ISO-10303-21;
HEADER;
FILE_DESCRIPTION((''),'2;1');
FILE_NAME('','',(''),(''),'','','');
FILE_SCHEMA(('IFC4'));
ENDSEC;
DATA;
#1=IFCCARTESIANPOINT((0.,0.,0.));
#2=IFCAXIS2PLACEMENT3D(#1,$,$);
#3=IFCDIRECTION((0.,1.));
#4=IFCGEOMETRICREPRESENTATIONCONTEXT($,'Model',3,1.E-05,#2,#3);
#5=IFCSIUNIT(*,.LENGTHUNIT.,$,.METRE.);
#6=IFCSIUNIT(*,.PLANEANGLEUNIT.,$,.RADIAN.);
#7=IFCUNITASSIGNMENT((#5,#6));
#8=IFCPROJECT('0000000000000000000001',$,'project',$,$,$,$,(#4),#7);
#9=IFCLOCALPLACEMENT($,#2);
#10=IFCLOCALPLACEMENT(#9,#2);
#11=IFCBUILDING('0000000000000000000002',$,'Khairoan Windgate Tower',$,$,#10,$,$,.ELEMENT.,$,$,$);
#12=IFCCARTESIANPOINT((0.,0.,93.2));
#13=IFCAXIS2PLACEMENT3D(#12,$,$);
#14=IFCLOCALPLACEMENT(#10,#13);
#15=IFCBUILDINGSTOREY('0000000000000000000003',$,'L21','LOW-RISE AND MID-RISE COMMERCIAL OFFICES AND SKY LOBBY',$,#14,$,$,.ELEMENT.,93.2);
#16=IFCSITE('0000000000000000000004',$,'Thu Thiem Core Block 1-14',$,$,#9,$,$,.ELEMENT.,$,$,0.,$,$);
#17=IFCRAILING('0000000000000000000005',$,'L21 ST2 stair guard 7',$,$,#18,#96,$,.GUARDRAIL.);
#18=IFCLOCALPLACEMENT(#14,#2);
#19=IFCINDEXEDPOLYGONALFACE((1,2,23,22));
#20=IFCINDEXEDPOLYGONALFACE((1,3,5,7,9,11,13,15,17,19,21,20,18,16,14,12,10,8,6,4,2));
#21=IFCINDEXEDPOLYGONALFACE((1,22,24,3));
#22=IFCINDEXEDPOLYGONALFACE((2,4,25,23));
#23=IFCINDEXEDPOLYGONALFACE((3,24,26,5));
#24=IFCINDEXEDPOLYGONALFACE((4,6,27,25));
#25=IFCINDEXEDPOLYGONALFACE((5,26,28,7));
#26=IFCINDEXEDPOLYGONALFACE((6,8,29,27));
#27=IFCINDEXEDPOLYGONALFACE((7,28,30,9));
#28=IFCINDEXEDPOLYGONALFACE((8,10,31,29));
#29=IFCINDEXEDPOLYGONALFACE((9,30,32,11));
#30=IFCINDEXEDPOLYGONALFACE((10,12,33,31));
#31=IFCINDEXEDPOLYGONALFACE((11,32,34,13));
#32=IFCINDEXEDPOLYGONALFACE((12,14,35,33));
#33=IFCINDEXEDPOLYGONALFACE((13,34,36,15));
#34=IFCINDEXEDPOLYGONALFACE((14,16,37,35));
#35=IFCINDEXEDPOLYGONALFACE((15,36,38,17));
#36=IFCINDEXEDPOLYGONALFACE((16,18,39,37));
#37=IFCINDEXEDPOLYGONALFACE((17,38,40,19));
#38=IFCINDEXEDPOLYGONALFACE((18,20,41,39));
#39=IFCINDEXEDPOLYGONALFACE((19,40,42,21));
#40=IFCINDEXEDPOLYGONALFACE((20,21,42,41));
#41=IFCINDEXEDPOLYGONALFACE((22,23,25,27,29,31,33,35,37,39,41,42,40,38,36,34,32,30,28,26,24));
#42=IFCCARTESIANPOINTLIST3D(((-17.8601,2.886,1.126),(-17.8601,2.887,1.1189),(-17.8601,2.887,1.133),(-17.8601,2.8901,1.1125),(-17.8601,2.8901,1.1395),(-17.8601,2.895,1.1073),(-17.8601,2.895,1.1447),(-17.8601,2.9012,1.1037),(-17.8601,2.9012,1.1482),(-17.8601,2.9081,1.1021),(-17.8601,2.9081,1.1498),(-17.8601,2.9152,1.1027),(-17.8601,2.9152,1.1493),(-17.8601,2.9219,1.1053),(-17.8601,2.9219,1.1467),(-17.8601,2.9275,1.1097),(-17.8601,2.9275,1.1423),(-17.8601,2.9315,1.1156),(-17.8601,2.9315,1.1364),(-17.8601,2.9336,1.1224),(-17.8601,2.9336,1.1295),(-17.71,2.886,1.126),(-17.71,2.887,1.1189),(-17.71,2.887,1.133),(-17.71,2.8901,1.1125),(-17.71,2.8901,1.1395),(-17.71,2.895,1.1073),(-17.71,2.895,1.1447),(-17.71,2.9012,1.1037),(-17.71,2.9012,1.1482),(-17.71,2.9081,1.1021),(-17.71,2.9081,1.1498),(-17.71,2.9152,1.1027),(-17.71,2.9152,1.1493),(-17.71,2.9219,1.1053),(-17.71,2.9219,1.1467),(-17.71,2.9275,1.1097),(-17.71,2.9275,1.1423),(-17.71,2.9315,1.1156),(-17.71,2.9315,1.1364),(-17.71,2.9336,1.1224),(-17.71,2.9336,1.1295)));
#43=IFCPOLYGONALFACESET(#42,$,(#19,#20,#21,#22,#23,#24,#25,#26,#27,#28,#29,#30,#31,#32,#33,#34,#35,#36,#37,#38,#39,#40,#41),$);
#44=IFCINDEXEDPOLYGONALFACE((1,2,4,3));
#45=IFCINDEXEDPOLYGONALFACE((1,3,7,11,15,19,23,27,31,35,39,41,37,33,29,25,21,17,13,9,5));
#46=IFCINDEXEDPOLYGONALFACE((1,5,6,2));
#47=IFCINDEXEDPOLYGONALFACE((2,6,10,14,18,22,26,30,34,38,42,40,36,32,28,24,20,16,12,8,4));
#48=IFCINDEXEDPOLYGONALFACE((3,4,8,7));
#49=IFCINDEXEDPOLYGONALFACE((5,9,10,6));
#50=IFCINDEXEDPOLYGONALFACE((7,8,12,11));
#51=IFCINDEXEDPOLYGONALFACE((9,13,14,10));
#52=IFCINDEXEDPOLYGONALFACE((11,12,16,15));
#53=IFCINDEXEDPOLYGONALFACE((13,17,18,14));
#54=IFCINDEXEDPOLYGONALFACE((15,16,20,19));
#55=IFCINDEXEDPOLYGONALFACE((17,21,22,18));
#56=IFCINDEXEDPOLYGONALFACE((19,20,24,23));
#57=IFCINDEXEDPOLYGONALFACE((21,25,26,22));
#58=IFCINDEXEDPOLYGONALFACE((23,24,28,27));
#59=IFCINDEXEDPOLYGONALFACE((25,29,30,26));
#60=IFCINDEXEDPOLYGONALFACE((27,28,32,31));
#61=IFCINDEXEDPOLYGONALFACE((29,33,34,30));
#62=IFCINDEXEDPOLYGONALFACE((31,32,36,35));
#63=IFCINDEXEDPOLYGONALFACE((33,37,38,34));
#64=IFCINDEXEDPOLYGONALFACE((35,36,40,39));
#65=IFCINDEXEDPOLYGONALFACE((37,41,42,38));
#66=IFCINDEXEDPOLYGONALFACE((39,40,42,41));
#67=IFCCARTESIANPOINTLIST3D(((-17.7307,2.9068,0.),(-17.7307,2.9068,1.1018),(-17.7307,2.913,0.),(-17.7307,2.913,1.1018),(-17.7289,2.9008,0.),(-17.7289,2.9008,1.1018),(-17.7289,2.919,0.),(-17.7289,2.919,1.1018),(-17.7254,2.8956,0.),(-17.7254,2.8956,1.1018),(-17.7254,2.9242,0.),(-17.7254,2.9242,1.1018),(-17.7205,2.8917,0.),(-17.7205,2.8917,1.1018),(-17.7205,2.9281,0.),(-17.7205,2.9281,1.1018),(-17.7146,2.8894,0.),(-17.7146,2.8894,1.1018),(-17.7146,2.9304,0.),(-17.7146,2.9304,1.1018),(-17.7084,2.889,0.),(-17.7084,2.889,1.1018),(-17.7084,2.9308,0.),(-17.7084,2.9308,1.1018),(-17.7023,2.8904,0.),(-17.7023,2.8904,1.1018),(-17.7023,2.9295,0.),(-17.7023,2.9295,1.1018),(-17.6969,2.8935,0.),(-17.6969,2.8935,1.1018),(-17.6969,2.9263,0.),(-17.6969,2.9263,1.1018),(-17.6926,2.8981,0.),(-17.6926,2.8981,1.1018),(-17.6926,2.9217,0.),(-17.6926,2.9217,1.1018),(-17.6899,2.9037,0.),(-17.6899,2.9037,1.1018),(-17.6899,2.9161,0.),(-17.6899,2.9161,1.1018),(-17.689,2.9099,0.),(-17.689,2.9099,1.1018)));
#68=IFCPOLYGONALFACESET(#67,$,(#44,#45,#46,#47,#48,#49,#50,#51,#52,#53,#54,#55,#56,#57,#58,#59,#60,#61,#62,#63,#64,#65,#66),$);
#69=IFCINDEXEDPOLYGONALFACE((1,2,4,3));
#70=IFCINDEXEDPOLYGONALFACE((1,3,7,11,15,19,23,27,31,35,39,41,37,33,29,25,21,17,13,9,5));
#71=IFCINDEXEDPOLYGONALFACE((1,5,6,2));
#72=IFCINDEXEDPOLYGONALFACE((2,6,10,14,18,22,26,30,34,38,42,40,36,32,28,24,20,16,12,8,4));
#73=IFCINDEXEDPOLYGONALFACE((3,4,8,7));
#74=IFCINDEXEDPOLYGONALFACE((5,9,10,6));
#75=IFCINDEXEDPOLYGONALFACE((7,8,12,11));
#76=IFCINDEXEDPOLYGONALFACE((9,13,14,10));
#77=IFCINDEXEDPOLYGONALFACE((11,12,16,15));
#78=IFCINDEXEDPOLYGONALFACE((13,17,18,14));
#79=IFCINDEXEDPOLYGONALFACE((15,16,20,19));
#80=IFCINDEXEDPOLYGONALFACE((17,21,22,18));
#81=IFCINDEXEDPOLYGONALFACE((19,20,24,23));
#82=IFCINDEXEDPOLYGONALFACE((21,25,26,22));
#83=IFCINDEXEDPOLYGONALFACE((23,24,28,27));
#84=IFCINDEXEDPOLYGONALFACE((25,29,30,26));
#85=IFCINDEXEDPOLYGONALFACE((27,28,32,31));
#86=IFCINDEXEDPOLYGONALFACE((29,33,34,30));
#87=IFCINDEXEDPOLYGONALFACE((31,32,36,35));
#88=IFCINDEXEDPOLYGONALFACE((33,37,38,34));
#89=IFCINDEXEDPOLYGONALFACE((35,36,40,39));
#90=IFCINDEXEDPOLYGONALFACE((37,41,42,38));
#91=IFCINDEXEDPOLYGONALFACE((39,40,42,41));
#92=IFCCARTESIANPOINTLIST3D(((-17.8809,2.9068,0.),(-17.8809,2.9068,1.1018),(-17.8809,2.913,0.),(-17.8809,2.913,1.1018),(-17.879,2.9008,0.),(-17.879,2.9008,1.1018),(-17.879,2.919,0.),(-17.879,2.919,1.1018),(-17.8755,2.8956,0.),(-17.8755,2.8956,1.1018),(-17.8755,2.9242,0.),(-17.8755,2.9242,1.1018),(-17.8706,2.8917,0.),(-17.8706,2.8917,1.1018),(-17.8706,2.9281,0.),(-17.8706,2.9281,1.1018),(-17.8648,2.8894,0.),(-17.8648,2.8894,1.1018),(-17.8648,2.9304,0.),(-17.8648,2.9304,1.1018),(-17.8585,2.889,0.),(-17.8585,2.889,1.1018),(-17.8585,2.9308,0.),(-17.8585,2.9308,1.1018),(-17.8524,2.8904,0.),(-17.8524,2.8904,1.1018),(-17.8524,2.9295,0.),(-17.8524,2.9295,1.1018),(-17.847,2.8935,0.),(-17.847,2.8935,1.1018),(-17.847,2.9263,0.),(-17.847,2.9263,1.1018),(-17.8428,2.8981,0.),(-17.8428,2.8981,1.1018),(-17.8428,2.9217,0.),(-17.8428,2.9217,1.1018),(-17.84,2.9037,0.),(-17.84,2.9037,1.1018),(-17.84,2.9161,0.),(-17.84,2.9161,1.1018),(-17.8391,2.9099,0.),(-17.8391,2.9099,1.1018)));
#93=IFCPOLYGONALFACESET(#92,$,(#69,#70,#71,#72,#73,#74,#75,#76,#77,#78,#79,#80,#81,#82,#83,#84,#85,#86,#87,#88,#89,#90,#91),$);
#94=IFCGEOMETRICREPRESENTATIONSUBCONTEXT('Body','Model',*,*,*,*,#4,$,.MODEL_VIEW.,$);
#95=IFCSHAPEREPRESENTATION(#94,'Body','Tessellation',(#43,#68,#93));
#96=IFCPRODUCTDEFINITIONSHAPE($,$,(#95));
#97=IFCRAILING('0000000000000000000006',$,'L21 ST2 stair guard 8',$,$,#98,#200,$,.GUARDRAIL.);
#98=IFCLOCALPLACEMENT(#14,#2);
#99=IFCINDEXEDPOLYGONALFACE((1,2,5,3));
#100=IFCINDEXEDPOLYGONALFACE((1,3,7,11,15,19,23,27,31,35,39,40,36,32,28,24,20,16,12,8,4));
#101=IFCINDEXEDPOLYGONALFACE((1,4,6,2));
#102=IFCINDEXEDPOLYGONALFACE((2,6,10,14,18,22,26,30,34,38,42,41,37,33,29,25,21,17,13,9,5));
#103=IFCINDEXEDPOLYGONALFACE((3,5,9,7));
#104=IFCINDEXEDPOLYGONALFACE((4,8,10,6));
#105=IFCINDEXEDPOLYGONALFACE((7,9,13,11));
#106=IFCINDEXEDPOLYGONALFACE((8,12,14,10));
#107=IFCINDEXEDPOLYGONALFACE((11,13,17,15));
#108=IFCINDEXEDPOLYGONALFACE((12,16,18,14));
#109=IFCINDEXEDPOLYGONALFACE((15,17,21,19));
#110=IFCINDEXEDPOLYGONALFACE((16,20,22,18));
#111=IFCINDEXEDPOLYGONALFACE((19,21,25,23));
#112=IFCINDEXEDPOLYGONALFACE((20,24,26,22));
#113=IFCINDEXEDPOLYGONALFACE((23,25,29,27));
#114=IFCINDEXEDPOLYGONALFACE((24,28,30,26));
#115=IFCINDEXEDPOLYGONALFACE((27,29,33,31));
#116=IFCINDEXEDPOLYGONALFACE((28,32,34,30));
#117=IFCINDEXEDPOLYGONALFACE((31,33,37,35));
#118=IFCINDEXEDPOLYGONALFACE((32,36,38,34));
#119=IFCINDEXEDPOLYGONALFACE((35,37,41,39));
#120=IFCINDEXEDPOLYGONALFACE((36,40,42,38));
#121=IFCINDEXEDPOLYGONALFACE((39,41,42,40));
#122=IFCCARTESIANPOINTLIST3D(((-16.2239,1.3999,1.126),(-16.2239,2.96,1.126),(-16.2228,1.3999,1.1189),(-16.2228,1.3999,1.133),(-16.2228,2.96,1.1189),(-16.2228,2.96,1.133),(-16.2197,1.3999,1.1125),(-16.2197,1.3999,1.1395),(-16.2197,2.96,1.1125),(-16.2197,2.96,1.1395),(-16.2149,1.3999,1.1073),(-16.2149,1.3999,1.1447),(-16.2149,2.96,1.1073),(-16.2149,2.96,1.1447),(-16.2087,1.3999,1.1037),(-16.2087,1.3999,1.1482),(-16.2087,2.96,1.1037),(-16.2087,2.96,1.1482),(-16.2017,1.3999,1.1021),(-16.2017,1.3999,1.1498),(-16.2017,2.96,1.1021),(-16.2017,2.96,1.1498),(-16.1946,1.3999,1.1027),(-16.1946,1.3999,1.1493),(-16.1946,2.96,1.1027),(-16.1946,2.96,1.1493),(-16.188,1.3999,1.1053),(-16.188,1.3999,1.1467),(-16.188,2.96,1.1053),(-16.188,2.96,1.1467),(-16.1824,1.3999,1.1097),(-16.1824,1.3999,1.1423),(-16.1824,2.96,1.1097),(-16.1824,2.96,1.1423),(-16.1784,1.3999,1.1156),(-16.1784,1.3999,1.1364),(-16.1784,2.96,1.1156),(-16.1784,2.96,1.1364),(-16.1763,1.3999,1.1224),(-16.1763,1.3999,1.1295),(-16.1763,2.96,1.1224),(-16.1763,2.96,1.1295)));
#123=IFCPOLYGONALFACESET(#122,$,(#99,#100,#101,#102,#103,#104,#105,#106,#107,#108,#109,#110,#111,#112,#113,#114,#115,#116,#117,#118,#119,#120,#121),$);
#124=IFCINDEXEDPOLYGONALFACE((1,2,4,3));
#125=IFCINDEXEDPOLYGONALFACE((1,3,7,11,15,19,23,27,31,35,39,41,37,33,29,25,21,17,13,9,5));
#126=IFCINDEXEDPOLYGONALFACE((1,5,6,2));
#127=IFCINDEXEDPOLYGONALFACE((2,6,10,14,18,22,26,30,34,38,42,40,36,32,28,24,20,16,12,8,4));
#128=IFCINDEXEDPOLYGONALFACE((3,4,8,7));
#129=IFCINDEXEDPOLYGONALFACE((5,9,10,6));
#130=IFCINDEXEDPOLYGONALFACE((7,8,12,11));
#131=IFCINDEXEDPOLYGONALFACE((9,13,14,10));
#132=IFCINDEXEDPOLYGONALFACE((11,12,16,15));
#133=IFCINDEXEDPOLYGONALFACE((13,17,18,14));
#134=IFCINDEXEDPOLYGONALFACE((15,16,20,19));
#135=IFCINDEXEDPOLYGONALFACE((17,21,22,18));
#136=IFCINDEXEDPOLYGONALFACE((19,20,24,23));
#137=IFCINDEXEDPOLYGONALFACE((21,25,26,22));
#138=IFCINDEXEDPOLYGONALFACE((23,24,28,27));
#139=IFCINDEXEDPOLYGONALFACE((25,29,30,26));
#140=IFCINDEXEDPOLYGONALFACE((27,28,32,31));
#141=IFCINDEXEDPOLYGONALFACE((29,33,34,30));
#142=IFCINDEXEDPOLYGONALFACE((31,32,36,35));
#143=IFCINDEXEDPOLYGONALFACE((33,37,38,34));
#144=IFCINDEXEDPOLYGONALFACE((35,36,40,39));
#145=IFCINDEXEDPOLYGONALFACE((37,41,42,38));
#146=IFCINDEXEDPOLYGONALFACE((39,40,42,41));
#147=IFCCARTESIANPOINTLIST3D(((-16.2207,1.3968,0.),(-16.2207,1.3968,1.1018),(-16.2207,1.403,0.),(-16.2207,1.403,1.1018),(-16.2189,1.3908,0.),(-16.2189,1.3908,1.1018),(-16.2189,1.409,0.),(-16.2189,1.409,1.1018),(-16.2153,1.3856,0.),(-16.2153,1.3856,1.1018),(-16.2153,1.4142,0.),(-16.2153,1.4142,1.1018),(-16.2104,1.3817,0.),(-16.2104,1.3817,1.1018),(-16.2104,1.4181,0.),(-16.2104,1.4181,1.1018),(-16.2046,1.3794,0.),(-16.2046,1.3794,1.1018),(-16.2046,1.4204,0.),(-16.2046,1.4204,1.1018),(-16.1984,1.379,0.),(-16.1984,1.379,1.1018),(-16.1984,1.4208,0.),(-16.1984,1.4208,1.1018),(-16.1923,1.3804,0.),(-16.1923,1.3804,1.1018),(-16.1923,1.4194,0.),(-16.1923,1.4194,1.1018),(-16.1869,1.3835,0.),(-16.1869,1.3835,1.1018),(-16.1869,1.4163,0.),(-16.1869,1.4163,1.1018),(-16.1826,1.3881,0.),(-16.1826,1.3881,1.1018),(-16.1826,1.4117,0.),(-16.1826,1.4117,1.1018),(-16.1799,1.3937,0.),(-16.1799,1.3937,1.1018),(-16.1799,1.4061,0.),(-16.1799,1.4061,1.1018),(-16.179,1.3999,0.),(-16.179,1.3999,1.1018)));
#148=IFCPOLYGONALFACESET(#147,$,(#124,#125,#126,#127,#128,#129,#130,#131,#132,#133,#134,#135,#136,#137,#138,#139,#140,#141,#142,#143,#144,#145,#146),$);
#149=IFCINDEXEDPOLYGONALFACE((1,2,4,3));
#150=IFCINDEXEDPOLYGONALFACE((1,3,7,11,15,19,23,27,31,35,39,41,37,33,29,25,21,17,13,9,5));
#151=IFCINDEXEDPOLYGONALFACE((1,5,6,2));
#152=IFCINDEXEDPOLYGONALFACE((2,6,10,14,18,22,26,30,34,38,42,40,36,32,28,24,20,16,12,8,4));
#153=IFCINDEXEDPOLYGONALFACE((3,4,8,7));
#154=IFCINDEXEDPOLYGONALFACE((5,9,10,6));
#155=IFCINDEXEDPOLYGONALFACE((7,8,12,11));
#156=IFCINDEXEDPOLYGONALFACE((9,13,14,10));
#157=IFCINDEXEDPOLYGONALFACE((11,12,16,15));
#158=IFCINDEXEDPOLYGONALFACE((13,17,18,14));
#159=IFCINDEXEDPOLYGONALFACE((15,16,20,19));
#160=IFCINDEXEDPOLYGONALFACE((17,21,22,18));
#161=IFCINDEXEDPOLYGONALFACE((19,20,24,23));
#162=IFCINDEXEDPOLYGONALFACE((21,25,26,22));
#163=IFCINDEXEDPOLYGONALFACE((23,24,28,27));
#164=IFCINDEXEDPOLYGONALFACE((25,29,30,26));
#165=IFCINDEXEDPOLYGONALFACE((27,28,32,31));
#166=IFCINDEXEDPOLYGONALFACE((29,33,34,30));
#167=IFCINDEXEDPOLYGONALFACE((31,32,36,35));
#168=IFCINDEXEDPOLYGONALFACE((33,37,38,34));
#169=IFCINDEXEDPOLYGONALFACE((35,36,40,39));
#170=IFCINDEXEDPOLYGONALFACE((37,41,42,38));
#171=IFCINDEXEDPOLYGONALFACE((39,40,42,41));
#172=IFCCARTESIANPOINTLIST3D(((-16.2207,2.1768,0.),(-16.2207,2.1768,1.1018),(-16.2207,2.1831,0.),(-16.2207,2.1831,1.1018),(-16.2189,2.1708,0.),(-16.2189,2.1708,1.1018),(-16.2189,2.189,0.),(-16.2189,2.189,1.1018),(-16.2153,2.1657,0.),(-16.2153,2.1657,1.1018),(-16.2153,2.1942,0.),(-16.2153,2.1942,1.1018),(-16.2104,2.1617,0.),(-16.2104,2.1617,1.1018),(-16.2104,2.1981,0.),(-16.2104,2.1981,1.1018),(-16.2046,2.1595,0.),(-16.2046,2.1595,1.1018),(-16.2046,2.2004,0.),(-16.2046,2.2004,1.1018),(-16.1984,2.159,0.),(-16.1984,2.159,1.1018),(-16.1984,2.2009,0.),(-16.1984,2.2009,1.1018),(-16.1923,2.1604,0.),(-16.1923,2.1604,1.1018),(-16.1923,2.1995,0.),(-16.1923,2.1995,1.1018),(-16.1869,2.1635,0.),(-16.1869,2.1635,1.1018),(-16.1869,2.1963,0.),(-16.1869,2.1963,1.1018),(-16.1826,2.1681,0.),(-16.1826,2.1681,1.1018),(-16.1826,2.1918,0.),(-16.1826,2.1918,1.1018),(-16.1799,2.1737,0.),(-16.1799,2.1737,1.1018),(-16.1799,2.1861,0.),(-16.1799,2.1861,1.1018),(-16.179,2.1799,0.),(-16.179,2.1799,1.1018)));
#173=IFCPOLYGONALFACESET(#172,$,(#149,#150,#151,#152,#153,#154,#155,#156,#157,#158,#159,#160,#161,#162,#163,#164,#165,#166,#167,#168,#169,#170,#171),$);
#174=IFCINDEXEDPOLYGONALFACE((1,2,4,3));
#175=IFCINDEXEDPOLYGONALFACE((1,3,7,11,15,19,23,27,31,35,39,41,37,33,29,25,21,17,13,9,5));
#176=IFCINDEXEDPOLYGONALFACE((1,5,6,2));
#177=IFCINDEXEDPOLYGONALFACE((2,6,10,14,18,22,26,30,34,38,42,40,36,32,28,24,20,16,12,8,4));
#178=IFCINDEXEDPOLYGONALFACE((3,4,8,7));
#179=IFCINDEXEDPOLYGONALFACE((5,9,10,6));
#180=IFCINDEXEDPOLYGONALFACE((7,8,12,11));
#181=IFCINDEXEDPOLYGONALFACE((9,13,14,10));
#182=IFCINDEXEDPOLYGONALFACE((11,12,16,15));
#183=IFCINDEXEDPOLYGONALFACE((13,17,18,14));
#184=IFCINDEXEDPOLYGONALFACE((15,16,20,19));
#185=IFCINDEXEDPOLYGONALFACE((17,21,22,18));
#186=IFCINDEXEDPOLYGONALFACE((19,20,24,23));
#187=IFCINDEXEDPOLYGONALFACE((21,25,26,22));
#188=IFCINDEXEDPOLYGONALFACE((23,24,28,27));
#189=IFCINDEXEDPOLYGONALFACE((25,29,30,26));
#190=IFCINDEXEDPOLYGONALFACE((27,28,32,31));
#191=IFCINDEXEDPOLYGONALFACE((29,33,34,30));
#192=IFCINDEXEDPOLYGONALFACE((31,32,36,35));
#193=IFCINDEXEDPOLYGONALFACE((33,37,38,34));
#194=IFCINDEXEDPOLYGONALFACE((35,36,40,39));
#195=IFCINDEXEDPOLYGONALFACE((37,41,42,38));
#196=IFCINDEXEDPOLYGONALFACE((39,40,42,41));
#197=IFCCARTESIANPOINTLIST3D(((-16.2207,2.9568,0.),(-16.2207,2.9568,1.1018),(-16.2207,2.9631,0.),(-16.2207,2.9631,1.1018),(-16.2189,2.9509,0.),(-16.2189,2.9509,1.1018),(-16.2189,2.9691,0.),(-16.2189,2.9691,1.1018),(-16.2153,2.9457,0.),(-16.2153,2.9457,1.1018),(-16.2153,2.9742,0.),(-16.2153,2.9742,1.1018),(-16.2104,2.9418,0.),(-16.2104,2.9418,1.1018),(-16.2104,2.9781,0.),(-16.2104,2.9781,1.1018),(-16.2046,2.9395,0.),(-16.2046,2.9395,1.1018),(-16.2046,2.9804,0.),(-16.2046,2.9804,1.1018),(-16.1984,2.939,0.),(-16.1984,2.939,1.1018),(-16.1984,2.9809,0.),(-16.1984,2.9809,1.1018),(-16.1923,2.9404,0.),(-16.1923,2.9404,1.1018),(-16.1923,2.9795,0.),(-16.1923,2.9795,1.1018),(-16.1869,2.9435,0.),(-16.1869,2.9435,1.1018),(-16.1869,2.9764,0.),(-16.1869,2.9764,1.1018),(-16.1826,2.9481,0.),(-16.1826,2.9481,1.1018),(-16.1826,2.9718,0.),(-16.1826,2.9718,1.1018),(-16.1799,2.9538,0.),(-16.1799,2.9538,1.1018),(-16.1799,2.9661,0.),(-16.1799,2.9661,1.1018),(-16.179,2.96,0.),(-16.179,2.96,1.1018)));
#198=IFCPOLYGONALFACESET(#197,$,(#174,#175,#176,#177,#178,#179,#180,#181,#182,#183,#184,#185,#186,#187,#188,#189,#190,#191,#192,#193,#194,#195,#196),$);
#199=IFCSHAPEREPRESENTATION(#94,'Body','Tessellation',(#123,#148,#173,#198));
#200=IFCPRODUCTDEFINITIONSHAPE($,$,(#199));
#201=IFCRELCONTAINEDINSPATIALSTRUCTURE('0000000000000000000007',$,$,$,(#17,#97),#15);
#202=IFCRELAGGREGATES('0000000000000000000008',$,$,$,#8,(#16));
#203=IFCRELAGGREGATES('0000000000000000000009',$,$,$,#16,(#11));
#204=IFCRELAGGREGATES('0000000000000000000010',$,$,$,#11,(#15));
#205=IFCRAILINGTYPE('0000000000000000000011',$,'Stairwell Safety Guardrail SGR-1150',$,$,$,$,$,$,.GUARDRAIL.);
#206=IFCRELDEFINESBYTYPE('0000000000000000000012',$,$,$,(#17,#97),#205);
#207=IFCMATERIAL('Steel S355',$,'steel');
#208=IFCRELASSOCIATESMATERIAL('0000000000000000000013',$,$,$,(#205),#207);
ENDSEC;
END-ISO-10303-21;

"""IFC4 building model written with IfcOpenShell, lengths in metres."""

from ifc_helpers import new_model, si_unit, direction, frame, origin, origin_2d, place, context, subcontext, project, spatial, circle, extrude, material, type_object, element, save


model = new_model("IFC4")

# Units and contexts
model_context = context("Model", 3, precision=1e-05, world=origin(), true_north=direction((0.0, 1.0)))
body_context = subcontext(model_context, "Body", "Model", "MODEL_VIEW")
ifc_project = project(units=[si_unit("LENGTHUNIT", "METRE"), si_unit("PLANEANGLEUNIT", "RADIAN")], contexts=[model_context])

# Site, building, storey
site_placement = place(None, origin())
site = spatial("IfcSite", under=ifc_project, at=site_placement, Name="Thu Thiem Core Block 1-14", CompositionType="ELEMENT", RefElevation=0.0)
building_placement = place(site_placement, origin())
building = spatial("IfcBuilding", under=site, at=building_placement, Name="Khairoan Windgate Tower", CompositionType="ELEMENT")
storey_placement = place(building_placement, frame((0.0, 0.0, 93.2)))
storey = spatial("IfcBuildingStorey", under=building, at=storey_placement, Name="L21", Description="LOW-RISE AND MID-RISE COMMERCIAL OFFICES AND SKY LOBBY", CompositionType="ELEMENT", Elevation=93.2)

# Railings
ifc_material_1 = material(Name="Steel S355", Category="steel")
railing_type_1 = type_object("IfcRailingType", Name="Stairwell Safety Guardrail SGR-1150", PredefinedType="GUARDRAIL", material=ifc_material_1)
railing_1_placement = place(storey_placement, frame((-17.71, 2.9099, 0.0)))
element("IfcRailing", 1, at=railing_1_placement, inside=storey, type_object=railing_type_1, Name="L21 ST2 stair guard 7", PredefinedType="GUARDRAIL", context=body_context, shape_type="SweptSolid", body=[
    extrude(circle(Radius=0.0239, at=origin_2d()), frame((0.0, 0.0, 1.126), z_axis=(-1.0, 0.0, 0.0), x_axis=(0.0, -1.0, 0.0)), (0.0, 0.0, 1.0), 0.1501),
    extrude(circle(Radius=0.021, at=origin_2d()), origin(), (0.0, 0.0, 1.0), 1.1018),
    extrude(circle(Radius=0.021, at=origin_2d()), frame((-0.1501, 0.0, 0.0)), (0.0, 0.0, 1.0), 1.1018),
])
for number, where, name in (
    (2, (-16.2, 1.3999, 0.0), "L21 ST2 stair guard 8"),
):
    element("IfcRailing", number, at=place(storey_placement, frame(where)), inside=storey, type_object=railing_type_1, Name=name, PredefinedType="GUARDRAIL", context=body_context, shape_type="SweptSolid", body=[
        extrude(circle(Radius=0.0239, at=origin_2d()), frame((0.0, 0.0, 1.126), z_axis=(0.0, 1.0, 0.0), x_axis=(-1.0, 0.0, 0.0)), (0.0, 0.0, 1.0), 1.5601),
        extrude(circle(Radius=0.021, at=origin_2d()), origin(), (0.0, 0.0, 1.0), 1.1018),
        extrude(circle(Radius=0.021, at=origin_2d()), frame((0.0, 0.78, 0.0)), (0.0, 0.0, 1.0), 1.1018),
        extrude(circle(Radius=0.021, at=origin_2d()), frame((0.0, 1.5601, 0.0)), (0.0, 0.0, 1.0), 1.1018),
    ])

save(model, "model.ifc")
